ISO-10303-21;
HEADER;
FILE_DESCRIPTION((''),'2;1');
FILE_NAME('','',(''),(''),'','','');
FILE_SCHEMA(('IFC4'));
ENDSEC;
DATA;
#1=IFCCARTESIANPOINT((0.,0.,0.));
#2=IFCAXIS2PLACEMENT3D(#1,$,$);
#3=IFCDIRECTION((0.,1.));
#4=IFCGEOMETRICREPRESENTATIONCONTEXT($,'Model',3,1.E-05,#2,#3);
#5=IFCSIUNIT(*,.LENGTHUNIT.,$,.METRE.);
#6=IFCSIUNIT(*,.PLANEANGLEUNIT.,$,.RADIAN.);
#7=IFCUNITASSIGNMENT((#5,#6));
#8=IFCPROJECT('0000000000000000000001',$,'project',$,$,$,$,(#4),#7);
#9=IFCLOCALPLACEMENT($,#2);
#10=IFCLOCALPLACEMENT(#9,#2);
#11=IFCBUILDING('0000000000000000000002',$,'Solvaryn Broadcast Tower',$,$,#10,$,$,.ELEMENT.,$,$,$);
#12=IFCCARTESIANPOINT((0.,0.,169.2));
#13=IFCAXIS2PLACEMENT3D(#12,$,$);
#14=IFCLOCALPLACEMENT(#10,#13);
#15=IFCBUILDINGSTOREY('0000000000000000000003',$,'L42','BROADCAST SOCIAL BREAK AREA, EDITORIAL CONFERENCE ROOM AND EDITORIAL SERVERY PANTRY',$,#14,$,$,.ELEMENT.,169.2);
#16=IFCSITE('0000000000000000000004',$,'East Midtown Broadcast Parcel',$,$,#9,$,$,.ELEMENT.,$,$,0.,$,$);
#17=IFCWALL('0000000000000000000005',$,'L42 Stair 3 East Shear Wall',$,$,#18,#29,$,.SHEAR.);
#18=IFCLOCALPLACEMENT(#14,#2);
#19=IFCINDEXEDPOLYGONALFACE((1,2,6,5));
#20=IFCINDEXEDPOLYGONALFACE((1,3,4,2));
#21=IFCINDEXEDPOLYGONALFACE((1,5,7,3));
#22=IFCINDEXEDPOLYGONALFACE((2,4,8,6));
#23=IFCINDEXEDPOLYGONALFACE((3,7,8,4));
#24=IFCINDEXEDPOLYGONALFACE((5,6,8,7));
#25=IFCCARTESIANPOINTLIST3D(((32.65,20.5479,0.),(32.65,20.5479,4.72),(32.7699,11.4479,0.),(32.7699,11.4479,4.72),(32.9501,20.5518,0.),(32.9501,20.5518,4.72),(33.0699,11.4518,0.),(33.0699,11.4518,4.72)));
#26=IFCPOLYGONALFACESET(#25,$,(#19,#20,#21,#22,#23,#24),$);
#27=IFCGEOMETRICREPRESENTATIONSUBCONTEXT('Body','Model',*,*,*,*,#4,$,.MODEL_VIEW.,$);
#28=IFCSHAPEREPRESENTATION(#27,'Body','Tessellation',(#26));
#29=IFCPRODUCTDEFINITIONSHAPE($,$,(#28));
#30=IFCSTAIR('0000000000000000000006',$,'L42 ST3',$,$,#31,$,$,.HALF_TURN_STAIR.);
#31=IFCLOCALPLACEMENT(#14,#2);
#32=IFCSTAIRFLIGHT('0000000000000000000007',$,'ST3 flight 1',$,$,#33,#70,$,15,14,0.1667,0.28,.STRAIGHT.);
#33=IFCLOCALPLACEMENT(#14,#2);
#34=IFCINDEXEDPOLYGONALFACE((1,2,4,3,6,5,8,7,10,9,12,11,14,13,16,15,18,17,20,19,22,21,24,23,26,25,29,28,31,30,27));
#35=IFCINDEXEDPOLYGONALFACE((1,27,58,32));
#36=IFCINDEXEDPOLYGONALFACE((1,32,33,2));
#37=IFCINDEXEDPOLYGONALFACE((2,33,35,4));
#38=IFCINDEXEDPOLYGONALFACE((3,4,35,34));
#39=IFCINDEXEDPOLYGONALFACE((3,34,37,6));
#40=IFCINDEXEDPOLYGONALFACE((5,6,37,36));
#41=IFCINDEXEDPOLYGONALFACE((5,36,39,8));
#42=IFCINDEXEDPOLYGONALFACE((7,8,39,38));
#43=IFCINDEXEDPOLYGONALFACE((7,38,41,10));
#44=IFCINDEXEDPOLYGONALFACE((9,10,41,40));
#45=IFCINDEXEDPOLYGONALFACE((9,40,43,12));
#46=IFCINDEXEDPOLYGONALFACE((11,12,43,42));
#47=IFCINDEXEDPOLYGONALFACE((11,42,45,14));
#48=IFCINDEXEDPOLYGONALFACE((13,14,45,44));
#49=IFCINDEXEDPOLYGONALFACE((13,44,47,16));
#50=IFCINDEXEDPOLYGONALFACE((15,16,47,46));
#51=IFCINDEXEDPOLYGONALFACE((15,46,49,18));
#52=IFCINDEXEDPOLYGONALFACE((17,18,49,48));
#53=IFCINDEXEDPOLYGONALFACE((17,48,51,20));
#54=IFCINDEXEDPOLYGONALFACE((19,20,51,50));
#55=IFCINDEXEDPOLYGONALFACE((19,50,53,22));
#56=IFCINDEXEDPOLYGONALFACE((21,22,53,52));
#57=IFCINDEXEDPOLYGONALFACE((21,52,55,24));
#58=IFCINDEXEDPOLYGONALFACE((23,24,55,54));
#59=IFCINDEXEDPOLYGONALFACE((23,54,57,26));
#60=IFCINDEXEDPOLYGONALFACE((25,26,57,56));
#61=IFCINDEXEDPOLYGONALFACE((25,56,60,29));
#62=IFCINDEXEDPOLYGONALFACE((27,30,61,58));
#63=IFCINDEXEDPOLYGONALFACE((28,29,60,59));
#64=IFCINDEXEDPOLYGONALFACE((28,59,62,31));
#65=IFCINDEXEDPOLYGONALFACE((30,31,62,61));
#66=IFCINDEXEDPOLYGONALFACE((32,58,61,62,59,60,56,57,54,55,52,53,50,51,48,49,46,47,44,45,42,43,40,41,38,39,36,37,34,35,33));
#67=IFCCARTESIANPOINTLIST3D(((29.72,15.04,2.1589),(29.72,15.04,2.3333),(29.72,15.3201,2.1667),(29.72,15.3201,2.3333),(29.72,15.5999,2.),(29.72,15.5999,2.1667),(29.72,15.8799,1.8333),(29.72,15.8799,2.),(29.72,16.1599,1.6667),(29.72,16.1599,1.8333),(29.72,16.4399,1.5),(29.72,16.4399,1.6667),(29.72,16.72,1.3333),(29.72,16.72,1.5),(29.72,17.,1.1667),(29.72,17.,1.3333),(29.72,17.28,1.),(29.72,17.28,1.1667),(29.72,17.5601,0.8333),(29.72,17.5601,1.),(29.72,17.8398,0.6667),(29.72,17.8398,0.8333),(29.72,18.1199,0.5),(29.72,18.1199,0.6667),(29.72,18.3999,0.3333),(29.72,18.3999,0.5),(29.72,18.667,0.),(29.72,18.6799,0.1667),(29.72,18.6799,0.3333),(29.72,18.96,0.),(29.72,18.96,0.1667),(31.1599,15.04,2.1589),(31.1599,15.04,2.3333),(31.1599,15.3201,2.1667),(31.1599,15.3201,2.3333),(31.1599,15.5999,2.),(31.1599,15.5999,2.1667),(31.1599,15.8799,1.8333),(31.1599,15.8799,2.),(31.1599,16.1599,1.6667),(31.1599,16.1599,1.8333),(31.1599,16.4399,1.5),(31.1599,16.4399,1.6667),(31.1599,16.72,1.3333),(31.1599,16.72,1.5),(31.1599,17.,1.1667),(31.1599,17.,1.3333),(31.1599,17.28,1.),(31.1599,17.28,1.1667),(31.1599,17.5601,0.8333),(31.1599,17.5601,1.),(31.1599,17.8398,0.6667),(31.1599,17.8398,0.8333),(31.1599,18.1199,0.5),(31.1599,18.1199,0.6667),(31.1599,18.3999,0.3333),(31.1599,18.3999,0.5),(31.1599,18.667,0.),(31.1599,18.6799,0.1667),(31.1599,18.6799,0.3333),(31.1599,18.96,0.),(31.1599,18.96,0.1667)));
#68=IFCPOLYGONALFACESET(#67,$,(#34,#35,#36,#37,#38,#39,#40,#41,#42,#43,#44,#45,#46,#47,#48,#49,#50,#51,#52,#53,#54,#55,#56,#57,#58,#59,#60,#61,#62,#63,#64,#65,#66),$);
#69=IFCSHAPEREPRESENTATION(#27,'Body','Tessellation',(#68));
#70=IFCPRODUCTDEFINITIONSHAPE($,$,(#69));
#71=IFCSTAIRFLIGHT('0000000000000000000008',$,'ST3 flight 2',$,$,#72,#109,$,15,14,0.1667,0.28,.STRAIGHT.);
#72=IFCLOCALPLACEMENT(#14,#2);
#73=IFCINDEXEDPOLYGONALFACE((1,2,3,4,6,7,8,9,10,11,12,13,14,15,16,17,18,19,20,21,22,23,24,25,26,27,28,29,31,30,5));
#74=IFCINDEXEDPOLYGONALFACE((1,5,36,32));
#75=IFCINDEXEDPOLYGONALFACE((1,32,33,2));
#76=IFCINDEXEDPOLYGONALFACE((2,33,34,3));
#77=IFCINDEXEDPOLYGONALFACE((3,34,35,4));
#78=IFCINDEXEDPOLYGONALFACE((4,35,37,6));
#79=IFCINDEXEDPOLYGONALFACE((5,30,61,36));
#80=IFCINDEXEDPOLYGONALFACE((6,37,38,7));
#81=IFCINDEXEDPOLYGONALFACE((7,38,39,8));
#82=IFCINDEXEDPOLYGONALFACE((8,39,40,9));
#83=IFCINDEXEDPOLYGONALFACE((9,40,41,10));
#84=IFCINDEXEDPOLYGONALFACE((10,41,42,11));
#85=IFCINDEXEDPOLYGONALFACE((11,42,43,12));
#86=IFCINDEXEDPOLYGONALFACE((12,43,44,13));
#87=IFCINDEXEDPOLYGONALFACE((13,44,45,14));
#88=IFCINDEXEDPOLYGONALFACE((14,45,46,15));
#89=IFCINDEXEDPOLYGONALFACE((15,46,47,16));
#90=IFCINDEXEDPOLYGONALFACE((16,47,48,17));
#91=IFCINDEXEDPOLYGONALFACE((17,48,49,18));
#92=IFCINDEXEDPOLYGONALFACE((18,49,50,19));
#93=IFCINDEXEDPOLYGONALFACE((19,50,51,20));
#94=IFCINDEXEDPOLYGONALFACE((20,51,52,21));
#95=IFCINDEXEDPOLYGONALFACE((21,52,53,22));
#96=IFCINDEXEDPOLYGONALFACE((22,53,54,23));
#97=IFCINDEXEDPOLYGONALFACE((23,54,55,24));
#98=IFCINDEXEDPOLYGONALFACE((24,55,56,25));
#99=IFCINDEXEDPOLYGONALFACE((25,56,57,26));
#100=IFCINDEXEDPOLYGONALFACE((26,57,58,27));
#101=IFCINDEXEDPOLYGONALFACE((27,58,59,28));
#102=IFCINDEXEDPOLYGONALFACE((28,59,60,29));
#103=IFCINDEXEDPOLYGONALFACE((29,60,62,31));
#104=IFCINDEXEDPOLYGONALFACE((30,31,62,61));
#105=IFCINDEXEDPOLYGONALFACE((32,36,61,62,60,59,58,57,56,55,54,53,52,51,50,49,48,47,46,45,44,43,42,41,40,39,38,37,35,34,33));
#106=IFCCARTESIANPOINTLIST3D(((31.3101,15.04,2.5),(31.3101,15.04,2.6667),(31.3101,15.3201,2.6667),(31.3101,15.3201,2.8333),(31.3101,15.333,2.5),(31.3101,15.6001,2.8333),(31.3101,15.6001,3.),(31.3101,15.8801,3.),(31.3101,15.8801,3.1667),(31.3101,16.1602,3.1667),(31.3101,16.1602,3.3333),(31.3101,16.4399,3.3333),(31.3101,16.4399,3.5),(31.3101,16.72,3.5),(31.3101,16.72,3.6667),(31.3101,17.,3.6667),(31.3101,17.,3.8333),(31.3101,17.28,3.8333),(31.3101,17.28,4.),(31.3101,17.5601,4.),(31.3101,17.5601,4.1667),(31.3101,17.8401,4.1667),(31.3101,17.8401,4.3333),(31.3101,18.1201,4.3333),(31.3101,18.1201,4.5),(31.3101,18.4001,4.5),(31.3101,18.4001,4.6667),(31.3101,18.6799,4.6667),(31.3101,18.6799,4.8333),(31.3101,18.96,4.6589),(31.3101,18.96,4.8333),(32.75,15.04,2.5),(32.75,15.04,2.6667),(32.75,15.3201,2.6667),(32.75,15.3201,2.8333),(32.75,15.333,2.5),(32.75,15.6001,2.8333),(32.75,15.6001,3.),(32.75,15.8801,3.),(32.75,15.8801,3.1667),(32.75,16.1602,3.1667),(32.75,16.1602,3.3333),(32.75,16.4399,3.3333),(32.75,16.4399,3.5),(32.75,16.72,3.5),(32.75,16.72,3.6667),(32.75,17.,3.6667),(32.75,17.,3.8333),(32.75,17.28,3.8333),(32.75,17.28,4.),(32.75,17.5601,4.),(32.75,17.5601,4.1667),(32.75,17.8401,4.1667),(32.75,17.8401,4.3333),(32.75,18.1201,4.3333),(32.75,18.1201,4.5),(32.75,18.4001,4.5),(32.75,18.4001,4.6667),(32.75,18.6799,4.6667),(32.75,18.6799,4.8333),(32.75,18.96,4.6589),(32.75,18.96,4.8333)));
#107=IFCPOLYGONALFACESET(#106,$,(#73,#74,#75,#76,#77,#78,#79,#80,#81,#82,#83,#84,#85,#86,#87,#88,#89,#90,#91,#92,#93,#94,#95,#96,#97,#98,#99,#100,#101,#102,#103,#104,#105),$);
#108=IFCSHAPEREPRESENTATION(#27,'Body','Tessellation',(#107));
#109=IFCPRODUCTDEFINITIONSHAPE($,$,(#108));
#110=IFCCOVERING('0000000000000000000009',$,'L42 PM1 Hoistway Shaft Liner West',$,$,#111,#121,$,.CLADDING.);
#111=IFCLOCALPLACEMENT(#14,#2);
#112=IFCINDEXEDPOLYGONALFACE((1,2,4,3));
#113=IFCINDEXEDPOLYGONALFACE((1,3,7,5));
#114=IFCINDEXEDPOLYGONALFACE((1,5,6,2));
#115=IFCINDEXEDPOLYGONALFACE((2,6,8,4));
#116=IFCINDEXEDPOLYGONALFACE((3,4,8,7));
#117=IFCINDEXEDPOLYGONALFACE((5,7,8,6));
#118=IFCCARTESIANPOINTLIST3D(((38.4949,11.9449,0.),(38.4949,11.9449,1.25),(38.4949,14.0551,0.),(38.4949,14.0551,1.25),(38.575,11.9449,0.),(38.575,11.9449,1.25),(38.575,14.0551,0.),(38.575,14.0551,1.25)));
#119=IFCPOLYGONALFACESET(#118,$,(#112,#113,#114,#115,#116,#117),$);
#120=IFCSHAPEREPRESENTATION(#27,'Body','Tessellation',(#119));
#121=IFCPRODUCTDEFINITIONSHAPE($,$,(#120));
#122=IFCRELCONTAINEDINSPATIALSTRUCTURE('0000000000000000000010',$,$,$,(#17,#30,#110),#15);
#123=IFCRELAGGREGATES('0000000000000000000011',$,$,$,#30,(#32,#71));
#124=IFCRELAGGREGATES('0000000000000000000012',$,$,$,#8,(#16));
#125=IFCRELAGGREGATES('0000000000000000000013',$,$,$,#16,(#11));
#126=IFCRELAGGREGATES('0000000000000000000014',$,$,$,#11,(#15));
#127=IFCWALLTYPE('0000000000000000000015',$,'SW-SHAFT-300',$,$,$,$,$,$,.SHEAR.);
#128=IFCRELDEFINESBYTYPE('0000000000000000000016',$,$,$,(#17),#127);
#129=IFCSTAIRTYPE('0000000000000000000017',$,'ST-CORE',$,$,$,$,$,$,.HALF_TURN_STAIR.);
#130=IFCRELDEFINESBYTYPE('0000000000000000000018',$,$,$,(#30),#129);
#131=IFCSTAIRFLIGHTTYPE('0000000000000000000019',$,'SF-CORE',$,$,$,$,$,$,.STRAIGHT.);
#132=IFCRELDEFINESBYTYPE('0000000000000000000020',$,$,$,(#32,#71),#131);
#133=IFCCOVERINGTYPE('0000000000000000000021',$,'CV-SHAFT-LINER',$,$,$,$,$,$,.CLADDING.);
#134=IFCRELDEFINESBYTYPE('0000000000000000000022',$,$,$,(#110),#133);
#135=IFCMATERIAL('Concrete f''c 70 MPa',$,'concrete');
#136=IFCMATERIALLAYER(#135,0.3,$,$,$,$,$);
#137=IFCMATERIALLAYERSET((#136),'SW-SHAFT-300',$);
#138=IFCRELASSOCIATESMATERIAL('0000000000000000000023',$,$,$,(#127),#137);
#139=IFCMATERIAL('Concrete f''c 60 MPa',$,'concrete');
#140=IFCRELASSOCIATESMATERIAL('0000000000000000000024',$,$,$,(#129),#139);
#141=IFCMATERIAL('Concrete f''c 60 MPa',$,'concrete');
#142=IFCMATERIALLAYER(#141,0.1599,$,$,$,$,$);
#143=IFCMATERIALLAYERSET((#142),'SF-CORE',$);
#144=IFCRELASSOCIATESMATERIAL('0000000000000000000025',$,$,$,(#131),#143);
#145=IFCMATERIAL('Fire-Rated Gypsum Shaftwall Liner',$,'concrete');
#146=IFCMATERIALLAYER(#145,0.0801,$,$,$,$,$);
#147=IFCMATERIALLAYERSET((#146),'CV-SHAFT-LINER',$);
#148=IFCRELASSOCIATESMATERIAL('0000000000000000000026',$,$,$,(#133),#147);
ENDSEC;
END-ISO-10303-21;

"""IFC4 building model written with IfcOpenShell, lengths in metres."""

from ifc_helpers import new_model, si_unit, direction, frame, frame_2d, origin, origin_2d, place, context, subcontext, project, spatial, polyline, rectangle, outline, extrude, material, layer, layer_set, type_object, element, aggregate, save


model = new_model("IFC4")

# Units and contexts
model_context = context("Model", 3, precision=1e-05, world=origin(), true_north=direction((0.0, 1.0)))
body_context = subcontext(model_context, "Body", "Model", "MODEL_VIEW")
ifc_project = project(units=[si_unit("LENGTHUNIT", "METRE"), si_unit("PLANEANGLEUNIT", "RADIAN")], contexts=[model_context])

# Site, building, storey
site_placement = place(None, origin())
site = spatial("IfcSite", under=ifc_project, at=site_placement, Name="East Midtown Broadcast Parcel", CompositionType="ELEMENT", RefElevation=0.0)
building_placement = place(site_placement, origin())
building = spatial("IfcBuilding", under=site, at=building_placement, Name="Solvaryn Broadcast Tower", CompositionType="ELEMENT")
storey_placement = place(building_placement, frame((0.0, 0.0, 169.2)))
storey = spatial("IfcBuildingStorey", under=building, at=storey_placement, Name="L42", Description="BROADCAST SOCIAL BREAK AREA, EDITORIAL CONFERENCE ROOM AND EDITORIAL SERVERY PANTRY", CompositionType="ELEMENT", Elevation=169.2)

# Wall
ifc_material_1 = material(Name="Concrete f'c 70 MPa", Category="concrete")
ifc_layer_1 = layer(ifc_material_1, 0.3)
ifc_layer_set_1 = layer_set([ifc_layer_1], Name="SW-SHAFT-300")
wall_type_1 = type_object("IfcWallType", Name="SW-SHAFT-300", PredefinedType="SHEAR", material=ifc_layer_set_1)
wall_1_placement = place(storey_placement, frame((32.9199, 11.45, 0.0), z_axis=(0.0, 0.0, 1.0), x_axis=(-0.013172, 0.999913, 0.0)))
element("IfcWall", 1, at=wall_1_placement, inside=storey, type_object=wall_type_1, Name="L42 Stair 3 East Shear Wall", PredefinedType="SHEAR", context=body_context, shape_type="SweptSolid", body=[
    extrude(rectangle(XDim=9.1008, YDim=0.3, at=frame_2d((4.5503, 0.0))), origin(), (0.0, 0.0, 1.0), 4.72),
])

# Stair, stair flights
ifc_material_2 = material(Name="Concrete f'c 60 MPa", Category="concrete")
stair_type = type_object("IfcStairType", Name="ST-CORE", PredefinedType="HALF_TURN_STAIR", material=ifc_material_2)
stair_placement = place(storey_placement, origin())
stair = element("IfcStair", 2, at=stair_placement, inside=storey, type_object=stair_type, Name="L42 ST3", PredefinedType="HALF_TURN_STAIR")
ifc_material_3 = material(Name="Concrete f'c 60 MPa", Category="concrete")
ifc_layer_2 = layer(ifc_material_3, 0.1599)
ifc_layer_set_2 = layer_set([ifc_layer_2], Name="SF-CORE")
stair_flight_type = type_object("IfcStairFlightType", Name="SF-CORE", PredefinedType="STRAIGHT", material=ifc_layer_set_2)
stair_flight_1_placement = place(storey_placement, frame((30.4399, 18.96, 0.0), z_axis=(0.0, 0.0, 1.0), x_axis=(0.0, -1.0, 0.0)))
stair_flight_1 = element("IfcStairFlight", 3, at=stair_flight_1_placement, type_object=stair_flight_type, Name="ST3 flight 1", NumberOfRisers=15, NumberOfTreads=14, PredefinedType="STRAIGHT", RiserHeight=0.1667, TreadLength=0.28, context=body_context, shape_type="SweptSolid", body=[
    extrude(outline(polyline([(0.0, 0.0), (0.0, 0.1667), (0.28, 0.1667), (0.28, 0.3333), (0.5601, 0.3333), (0.5601, 0.5), (0.8401, 0.5), (0.8401, 0.6667), (1.1201, 0.6667), (1.1201, 0.8333), (1.3999, 0.8333), (1.3999, 1.0), (1.6799, 1.0), (1.6799, 1.1667), (1.96, 1.1667), (1.96, 1.3333), (2.24, 1.3333), (2.24, 1.5), (2.52, 1.5), (2.52, 1.6667), (2.8, 1.6667), (2.8, 1.8333), (3.0801, 1.8333), (3.0801, 2.0), (3.3601, 2.0), (3.3601, 2.1667), (3.6399, 2.1667), (3.6399, 2.3333), (3.9199, 2.3333), (3.9199, 2.5), (3.9199, 2.1589), (0.293, 0.0), (0.0, 0.0)])), frame((0.0, 0.72, 0.0), z_axis=(0.0, -1.0, 0.0), x_axis=(1.0, 0.0, 0.0)), (0.0, 0.0, 1.0), 1.4399),
])
stair_flight_2_placement = place(storey_placement, frame((32.03, 15.04, 2.5), z_axis=(0.0, 0.0, 1.0), x_axis=(0.0, 1.0, 0.0)))
stair_flight_2 = element("IfcStairFlight", 4, at=stair_flight_2_placement, type_object=stair_flight_type, Name="ST3 flight 2", NumberOfRisers=15, NumberOfTreads=14, PredefinedType="STRAIGHT", RiserHeight=0.1667, TreadLength=0.28, context=body_context, shape_type="SweptSolid", body=[
    extrude(outline(polyline([(0.0, 0.0), (0.0, 0.1667), (0.28, 0.1667), (0.28, 0.3333), (0.5601, 0.3333), (0.5601, 0.5), (0.8401, 0.5), (0.8401, 0.6667), (1.1201, 0.6667), (1.1201, 0.8333), (1.3999, 0.8333), (1.3999, 1.0), (1.6799, 1.0), (1.6799, 1.1667), (1.96, 1.1667), (1.96, 1.3333), (2.24, 1.3333), (2.24, 1.5), (2.52, 1.5), (2.52, 1.6667), (2.8, 1.6667), (2.8, 1.8333), (3.0801, 1.8333), (3.0801, 2.0), (3.3601, 2.0), (3.3601, 2.1667), (3.6399, 2.1667), (3.6399, 2.3333), (3.9199, 2.3333), (3.9199, 2.5), (3.9199, 2.1589), (0.293, 0.0), (0.0, 0.0)])), frame((0.0, 0.72, 0.0), z_axis=(0.0, -1.0, 0.0), x_axis=(1.0, 0.0, 0.0)), (0.0, 0.0, 1.0), 1.4399),
])
aggregate(stair, [stair_flight_1, stair_flight_2])

# Covering
ifc_material_4 = material(Name="Fire-Rated Gypsum Shaftwall Liner", Category="concrete")
ifc_layer_3 = layer(ifc_material_4, 0.0801)
ifc_layer_set_3 = layer_set([ifc_layer_3], Name="CV-SHAFT-LINER")
covering_type = type_object("IfcCoveringType", Name="CV-SHAFT-LINER", PredefinedType="CLADDING", material=ifc_layer_set_3)
covering_placement = place(storey_placement, frame((38.5349, 13.0, 0.0), z_axis=(0.0, 0.0, 1.0), x_axis=(1.0, 0.0, 0.0)))
element("IfcCovering", 5, at=covering_placement, inside=storey, type_object=covering_type, Name="L42 PM1 Hoistway Shaft Liner West", PredefinedType="CLADDING", context=body_context, shape_type="SweptSolid", body=[
    extrude(rectangle(XDim=0.0801, YDim=2.1101, at=origin_2d()), origin(), (0.0, 0.0, 1.0), 1.25),
])

save(model, "model.ifc")
